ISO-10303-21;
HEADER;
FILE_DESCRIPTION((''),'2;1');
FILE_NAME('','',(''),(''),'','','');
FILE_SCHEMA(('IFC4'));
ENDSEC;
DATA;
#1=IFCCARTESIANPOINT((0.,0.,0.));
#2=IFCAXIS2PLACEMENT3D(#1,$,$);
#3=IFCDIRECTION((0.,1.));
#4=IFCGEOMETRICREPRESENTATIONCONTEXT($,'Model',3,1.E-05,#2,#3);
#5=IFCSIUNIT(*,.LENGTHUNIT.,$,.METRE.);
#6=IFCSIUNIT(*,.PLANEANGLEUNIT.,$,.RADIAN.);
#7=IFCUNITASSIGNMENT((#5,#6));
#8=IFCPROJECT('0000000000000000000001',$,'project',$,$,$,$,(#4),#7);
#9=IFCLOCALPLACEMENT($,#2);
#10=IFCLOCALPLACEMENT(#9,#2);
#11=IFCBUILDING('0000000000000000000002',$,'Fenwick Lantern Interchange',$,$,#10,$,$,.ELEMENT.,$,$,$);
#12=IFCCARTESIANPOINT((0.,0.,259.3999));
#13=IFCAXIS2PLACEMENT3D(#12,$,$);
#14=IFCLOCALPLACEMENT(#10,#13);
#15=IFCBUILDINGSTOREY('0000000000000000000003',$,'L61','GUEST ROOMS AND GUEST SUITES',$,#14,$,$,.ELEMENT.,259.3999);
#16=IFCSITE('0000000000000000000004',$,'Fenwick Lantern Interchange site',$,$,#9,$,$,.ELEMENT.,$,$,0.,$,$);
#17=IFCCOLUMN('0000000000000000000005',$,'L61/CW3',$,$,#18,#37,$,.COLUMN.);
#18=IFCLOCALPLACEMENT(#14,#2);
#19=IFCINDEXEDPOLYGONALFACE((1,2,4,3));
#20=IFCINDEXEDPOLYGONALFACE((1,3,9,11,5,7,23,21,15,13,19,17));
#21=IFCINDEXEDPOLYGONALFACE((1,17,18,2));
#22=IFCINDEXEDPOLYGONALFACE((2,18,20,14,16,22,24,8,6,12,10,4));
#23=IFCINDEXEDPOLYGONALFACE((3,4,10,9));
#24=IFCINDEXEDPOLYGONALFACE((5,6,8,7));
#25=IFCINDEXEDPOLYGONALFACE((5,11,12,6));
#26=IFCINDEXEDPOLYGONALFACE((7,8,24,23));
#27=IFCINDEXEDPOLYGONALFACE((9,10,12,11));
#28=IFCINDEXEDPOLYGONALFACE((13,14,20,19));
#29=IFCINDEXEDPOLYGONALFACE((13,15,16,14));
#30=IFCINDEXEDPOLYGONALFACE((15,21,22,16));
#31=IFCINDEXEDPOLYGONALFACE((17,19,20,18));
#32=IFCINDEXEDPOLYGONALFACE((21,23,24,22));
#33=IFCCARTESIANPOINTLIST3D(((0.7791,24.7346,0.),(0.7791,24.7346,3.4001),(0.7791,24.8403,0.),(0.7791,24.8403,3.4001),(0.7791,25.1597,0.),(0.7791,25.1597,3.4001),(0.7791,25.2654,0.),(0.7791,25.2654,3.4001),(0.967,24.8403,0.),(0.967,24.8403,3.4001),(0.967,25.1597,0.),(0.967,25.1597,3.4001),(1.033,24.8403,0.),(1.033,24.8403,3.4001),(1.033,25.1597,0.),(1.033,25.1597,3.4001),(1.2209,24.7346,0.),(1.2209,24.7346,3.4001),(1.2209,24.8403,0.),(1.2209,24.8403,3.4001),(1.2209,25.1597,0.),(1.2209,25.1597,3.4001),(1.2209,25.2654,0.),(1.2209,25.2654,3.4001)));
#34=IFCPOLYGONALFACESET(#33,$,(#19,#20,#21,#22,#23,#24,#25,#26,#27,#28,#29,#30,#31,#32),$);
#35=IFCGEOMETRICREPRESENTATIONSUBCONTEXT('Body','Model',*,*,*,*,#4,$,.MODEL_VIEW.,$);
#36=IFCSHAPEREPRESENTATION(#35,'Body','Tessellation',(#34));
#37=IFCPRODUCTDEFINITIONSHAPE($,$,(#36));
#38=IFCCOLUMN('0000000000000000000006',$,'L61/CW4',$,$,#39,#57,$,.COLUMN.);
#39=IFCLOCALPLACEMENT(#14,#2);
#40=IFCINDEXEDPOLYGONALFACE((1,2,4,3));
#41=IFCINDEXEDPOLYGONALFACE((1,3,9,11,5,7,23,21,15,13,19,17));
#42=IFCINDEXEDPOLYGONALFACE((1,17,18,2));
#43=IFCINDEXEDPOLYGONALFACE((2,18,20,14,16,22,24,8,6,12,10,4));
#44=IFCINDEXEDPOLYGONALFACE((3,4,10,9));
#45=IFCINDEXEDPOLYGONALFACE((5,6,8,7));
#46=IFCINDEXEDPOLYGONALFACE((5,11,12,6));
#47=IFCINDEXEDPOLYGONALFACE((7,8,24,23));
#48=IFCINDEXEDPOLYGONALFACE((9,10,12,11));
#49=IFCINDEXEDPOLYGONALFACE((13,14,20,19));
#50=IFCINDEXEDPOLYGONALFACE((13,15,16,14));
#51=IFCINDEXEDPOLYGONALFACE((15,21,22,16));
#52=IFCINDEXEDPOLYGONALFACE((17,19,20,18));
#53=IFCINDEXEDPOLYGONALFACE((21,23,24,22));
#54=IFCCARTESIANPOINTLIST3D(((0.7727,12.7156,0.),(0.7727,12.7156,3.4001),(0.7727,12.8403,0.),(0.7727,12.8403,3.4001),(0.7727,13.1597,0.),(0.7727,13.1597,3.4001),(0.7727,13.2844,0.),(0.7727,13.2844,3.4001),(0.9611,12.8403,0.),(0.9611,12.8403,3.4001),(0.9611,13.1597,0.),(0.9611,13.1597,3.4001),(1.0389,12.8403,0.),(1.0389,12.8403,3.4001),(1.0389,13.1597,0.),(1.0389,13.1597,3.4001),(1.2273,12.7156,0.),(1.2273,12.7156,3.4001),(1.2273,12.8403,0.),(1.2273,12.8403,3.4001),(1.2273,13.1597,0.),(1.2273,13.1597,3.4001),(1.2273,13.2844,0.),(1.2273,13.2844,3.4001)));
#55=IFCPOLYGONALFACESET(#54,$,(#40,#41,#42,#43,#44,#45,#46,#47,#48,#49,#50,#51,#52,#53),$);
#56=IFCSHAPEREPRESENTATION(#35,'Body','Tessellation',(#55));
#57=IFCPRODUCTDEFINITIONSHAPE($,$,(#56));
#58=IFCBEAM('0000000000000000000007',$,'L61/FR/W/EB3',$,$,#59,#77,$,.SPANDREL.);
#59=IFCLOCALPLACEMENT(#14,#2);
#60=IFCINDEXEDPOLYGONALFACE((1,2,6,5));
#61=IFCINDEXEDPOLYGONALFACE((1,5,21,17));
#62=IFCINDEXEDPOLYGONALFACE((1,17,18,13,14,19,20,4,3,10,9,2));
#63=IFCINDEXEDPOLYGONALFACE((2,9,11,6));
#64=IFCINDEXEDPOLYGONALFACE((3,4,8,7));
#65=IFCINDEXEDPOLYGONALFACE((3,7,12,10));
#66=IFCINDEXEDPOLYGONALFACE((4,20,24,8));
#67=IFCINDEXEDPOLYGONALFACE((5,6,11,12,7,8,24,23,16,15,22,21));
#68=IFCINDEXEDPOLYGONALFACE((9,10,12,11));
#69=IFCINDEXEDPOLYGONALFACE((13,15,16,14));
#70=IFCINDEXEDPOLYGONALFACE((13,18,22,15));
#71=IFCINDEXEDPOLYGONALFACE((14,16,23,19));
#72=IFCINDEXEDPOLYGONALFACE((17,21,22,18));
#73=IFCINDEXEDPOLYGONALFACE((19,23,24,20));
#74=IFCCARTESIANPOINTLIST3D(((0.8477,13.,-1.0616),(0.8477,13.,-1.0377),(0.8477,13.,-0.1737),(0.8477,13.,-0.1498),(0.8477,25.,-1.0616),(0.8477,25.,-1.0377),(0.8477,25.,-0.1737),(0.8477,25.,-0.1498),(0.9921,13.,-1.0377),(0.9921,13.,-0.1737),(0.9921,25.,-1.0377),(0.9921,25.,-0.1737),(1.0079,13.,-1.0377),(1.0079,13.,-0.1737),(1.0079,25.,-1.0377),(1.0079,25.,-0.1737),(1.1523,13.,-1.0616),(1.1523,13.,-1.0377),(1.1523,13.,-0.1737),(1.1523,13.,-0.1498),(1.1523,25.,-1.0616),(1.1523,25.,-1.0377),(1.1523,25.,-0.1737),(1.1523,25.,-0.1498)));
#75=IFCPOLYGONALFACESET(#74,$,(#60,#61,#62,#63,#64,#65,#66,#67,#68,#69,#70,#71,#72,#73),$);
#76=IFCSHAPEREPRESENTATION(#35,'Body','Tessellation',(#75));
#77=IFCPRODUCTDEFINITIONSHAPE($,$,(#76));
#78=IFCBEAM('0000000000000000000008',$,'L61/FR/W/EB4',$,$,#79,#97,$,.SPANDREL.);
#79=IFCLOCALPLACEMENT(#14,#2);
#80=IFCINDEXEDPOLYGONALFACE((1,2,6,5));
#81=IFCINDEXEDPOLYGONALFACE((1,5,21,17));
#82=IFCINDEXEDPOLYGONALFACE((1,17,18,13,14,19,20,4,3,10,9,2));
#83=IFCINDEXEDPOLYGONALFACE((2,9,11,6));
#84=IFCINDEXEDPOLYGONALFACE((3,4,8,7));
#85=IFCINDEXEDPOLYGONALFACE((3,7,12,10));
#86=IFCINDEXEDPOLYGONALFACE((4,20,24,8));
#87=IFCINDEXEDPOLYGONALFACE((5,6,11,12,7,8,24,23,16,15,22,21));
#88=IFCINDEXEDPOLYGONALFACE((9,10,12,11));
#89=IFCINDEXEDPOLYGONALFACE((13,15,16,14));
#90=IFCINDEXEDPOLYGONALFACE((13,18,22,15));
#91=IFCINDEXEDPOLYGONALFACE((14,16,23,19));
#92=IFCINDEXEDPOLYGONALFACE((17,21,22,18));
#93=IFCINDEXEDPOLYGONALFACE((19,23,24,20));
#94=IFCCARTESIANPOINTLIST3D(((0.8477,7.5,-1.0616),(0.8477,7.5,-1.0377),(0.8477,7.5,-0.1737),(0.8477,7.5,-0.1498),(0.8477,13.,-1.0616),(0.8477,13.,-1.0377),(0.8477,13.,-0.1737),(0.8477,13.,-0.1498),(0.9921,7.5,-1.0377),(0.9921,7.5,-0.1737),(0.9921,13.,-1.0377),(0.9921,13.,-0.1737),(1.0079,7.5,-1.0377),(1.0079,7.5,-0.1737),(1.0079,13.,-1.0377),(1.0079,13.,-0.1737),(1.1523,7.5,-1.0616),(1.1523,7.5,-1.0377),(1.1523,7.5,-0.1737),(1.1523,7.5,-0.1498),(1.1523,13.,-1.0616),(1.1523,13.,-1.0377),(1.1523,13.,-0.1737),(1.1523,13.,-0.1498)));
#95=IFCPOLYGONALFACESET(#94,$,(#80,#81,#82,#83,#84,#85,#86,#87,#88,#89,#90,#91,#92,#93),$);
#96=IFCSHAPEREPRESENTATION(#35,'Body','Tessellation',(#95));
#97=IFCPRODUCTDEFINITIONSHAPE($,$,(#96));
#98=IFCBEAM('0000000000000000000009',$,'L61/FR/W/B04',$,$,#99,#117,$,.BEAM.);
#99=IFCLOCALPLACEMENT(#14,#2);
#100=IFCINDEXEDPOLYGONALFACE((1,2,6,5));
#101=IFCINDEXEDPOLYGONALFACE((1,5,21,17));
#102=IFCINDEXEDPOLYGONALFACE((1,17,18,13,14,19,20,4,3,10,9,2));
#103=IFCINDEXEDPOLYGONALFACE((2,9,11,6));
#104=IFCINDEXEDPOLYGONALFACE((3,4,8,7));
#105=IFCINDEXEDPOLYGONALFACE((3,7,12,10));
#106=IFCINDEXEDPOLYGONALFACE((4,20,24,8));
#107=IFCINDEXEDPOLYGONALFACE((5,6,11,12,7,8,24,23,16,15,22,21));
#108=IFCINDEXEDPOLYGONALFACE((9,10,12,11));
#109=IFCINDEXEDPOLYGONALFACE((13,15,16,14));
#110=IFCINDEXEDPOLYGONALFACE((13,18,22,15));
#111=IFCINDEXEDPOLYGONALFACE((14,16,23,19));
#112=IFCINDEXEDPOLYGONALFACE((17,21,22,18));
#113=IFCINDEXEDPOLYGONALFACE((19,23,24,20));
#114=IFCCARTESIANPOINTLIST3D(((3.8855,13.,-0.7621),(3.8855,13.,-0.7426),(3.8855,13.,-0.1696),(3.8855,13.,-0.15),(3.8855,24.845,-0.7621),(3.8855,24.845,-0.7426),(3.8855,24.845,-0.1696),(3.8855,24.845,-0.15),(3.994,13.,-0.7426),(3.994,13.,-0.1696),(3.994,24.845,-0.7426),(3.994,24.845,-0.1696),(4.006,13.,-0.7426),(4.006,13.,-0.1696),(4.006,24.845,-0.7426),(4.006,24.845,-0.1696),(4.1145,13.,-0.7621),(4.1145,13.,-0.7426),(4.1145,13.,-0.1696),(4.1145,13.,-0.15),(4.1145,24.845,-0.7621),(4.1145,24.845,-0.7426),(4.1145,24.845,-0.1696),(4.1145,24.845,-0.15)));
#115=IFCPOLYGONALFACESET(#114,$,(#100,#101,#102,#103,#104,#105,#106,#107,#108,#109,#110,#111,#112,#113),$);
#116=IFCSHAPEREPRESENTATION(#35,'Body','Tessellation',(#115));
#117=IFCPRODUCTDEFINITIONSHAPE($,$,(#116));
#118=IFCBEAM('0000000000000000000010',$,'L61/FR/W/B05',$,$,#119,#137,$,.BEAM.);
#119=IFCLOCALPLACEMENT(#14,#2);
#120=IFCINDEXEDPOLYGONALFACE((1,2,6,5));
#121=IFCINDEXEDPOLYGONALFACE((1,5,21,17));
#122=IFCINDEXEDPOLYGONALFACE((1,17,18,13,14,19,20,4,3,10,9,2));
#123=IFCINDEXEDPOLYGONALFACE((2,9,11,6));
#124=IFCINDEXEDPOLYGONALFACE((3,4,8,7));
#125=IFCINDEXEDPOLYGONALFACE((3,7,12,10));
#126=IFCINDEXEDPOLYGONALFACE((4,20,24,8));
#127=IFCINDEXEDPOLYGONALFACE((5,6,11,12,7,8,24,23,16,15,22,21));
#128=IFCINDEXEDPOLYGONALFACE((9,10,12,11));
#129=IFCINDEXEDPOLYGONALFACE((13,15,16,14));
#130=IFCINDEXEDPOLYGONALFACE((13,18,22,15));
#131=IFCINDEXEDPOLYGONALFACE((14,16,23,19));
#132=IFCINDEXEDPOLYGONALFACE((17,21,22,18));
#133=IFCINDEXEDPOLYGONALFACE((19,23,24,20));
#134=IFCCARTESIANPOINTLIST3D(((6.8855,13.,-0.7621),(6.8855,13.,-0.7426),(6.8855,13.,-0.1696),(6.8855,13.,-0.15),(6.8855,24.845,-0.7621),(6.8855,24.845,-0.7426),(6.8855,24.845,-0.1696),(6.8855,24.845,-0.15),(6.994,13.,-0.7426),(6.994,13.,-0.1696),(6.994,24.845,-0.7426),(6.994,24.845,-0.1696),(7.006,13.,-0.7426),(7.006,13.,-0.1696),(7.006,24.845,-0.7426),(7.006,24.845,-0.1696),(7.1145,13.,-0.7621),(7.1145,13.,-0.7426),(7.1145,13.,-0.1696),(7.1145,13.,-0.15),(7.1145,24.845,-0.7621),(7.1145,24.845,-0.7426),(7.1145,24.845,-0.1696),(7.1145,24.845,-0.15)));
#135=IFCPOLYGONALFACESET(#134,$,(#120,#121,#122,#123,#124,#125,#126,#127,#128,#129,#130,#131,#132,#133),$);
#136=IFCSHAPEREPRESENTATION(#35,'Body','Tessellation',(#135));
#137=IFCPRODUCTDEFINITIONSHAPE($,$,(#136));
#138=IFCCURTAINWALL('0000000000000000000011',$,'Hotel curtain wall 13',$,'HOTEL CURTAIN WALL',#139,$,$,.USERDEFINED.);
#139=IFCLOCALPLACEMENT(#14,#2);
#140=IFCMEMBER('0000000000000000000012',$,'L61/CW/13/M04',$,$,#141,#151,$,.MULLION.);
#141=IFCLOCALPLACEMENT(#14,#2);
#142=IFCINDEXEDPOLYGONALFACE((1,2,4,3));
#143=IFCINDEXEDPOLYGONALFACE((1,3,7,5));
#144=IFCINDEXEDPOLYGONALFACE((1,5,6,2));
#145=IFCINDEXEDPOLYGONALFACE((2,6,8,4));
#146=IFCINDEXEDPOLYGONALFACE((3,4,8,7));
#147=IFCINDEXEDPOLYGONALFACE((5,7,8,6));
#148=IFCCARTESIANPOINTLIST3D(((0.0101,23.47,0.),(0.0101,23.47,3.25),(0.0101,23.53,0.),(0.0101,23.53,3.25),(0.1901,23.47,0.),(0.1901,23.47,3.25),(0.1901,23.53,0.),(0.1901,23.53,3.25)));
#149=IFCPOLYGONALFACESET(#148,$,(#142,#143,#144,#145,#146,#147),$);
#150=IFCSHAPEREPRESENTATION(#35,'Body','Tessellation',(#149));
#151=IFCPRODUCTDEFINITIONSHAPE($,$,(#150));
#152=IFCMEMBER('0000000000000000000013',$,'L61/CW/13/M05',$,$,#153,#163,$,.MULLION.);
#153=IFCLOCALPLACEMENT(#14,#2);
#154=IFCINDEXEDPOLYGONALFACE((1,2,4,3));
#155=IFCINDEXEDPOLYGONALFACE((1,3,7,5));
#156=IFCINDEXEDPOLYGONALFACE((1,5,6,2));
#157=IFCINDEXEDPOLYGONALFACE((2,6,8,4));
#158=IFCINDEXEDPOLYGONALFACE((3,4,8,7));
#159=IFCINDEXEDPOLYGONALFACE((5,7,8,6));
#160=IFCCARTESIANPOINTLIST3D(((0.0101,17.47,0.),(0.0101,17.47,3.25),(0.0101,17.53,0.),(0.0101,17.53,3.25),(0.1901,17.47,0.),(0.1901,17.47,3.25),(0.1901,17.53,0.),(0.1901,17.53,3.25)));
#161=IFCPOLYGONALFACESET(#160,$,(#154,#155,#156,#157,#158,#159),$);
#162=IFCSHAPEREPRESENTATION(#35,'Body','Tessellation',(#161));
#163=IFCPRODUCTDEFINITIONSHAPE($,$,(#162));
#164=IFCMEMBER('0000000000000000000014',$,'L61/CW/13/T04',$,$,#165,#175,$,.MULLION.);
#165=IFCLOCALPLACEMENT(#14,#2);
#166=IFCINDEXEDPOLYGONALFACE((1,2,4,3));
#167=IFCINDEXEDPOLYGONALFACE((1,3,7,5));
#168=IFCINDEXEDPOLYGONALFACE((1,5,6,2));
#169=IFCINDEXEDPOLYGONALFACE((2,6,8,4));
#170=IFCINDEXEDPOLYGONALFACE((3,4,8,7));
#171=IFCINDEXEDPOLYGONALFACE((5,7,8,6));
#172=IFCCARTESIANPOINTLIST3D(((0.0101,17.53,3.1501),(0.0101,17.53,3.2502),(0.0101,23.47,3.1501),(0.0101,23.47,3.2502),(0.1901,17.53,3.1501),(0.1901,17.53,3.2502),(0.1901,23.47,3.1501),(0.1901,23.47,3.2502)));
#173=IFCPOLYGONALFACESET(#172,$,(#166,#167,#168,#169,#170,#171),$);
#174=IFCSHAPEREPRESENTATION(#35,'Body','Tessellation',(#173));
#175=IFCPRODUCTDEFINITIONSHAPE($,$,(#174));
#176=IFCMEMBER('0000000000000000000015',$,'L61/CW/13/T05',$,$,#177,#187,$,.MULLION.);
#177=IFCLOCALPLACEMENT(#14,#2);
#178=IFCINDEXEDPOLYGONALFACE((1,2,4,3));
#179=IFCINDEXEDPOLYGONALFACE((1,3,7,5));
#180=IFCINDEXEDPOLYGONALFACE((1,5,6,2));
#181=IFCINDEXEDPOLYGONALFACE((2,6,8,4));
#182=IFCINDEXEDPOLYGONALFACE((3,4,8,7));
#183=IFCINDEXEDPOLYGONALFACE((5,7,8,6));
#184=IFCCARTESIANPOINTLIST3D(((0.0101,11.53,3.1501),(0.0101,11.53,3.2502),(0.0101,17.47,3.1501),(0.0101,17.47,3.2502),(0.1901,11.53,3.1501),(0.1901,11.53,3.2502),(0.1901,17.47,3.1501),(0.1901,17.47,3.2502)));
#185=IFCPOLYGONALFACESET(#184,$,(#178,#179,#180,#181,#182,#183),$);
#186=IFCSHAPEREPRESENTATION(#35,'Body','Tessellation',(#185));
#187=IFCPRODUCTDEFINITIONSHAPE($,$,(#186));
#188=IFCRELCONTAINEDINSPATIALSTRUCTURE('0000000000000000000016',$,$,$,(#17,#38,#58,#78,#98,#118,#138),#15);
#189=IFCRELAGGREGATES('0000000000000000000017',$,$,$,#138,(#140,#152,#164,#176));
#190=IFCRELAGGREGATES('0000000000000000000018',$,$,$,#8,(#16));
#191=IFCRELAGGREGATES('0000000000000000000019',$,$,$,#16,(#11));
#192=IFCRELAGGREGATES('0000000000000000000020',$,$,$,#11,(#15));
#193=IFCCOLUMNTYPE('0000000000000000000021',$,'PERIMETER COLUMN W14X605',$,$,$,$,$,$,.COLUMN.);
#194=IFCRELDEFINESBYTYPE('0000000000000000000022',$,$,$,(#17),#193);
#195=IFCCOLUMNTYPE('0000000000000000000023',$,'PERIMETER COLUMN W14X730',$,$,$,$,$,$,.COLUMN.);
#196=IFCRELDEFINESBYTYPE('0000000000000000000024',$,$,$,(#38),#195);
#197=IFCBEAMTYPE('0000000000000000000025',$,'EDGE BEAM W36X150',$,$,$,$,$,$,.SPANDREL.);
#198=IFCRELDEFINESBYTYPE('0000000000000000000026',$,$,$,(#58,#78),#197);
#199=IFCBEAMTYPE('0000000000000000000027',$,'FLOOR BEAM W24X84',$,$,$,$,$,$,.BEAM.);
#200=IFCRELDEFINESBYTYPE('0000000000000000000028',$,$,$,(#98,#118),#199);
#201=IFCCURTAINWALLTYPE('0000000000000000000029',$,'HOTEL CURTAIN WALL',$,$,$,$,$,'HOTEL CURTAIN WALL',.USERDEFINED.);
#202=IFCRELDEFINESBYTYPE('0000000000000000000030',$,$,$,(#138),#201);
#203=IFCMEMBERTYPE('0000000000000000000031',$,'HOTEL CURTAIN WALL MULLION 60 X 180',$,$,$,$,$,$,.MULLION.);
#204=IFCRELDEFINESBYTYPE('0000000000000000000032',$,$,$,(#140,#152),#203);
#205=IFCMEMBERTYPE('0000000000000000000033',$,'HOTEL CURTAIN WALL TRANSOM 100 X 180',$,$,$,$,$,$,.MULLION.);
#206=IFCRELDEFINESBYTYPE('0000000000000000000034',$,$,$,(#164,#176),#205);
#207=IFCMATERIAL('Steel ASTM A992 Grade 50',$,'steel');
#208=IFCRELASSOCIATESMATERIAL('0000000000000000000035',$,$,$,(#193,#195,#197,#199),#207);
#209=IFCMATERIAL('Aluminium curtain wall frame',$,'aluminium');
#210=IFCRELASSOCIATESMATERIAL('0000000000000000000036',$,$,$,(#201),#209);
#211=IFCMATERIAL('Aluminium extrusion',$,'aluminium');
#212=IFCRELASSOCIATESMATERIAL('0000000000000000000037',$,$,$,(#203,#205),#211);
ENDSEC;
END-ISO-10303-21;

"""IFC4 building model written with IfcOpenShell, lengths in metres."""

from ifc_helpers import new_model, si_unit, direction, frame, origin, origin_2d, place, context, subcontext, project, spatial, rectangle, i_section, extrude, material, material_profile, profile_set, type_object, element, aggregate, save


model = new_model("IFC4")

# Units and contexts
model_context = context("Model", 3, precision=1e-05, world=origin(), true_north=direction((0.0, 1.0)))
body_context = subcontext(model_context, "Body", "Model", "MODEL_VIEW")
ifc_project = project(units=[si_unit("LENGTHUNIT", "METRE"), si_unit("PLANEANGLEUNIT", "RADIAN")], contexts=[model_context])

# Site, building, storey
site_placement = place(None, origin())
site = spatial("IfcSite", under=ifc_project, at=site_placement, Name="Fenwick Lantern Interchange site", CompositionType="ELEMENT", RefElevation=0.0)
building_placement = place(site_placement, origin())
building = spatial("IfcBuilding", under=site, at=building_placement, Name="Fenwick Lantern Interchange", CompositionType="ELEMENT")
storey_placement = place(building_placement, frame((0.0, 0.0, 259.3999)))
storey = spatial("IfcBuildingStorey", under=building, at=storey_placement, Name="L61", Description="GUEST ROOMS AND GUEST SUITES", CompositionType="ELEMENT", Elevation=259.3999)

# Columns
ifc_material_1 = material(Name="Steel ASTM A992 Grade 50", Category="steel")
ifc_material_profile_1 = material_profile(ifc_material_1, i_section(OverallWidth=0.4419, OverallDepth=0.5308, WebThickness=0.0659, FlangeThickness=0.1057, at=origin_2d()), Name="W14X605")
ifc_profile_set_1 = profile_set([ifc_material_profile_1], Name="Steel ASTM A992 Grade 50")
column_type_1 = type_object("IfcColumnType", Name="PERIMETER COLUMN W14X605", PredefinedType="COLUMN", material=ifc_profile_set_1)
column_1_placement = place(storey_placement, frame((1.0, 25.0, 0.0), z_axis=(0.0, 0.0, 1.0), x_axis=(1.0, 0.0, 0.0)))
element("IfcColumn", 1, at=column_1_placement, inside=storey, type_object=column_type_1, Name="L61/CW3", PredefinedType="COLUMN", context=body_context, shape_type="SweptSolid", body=[
    extrude(i_section(OverallWidth=0.4419, OverallDepth=0.5308, WebThickness=0.0659, FlangeThickness=0.1057, at=origin_2d()), origin(), (0.0, 0.0, 1.0), 3.4001),
])
ifc_material_profile_2 = material_profile(ifc_material_1, i_section(OverallWidth=0.4546, OverallDepth=0.5688, WebThickness=0.0779, FlangeThickness=0.1248, at=origin_2d()), Name="W14X730")
ifc_profile_set_2 = profile_set([ifc_material_profile_2], Name="Steel ASTM A992 Grade 50")
column_type_2 = type_object("IfcColumnType", Name="PERIMETER COLUMN W14X730", PredefinedType="COLUMN", material=ifc_profile_set_2)
column_2_placement = place(storey_placement, frame((1.0, 13.0, 0.0), z_axis=(0.0, 0.0, 1.0), x_axis=(1.0, 0.0, 0.0)))
element("IfcColumn", 2, at=column_2_placement, inside=storey, type_object=column_type_2, Name="L61/CW4", PredefinedType="COLUMN", context=body_context, shape_type="SweptSolid", body=[
    extrude(i_section(OverallWidth=0.4546, OverallDepth=0.5688, WebThickness=0.0779, FlangeThickness=0.1248, at=origin_2d()), origin(), (0.0, 0.0, 1.0), 3.4001),
])

# Beams
ifc_material_profile_3 = material_profile(ifc_material_1, i_section(OverallWidth=0.3047, OverallDepth=0.9119, WebThickness=0.0159, FlangeThickness=0.0239, at=origin_2d()), Name="W36X150")
ifc_profile_set_3 = profile_set([ifc_material_profile_3], Name="Steel ASTM A992 Grade 50")
beam_type_1 = type_object("IfcBeamType", Name="EDGE BEAM W36X150", PredefinedType="SPANDREL", material=ifc_profile_set_3)
beam_1_placement = place(storey_placement, frame((1.0, 25.0, -0.6057), z_axis=(0.0, -1.0, 0.0), x_axis=(1.0, 0.0, 0.0)))
element("IfcBeam", 3, at=beam_1_placement, inside=storey, type_object=beam_type_1, Name="L61/FR/W/EB3", PredefinedType="SPANDREL", context=body_context, shape_type="SweptSolid", body=[
    extrude(i_section(OverallWidth=0.3047, OverallDepth=0.9119, WebThickness=0.0159, FlangeThickness=0.0239, at=origin_2d()), origin(), (0.0, 0.0, 1.0), 12.0),
])
beam_2_placement = place(storey_placement, frame((1.0, 13.0, -0.6057), z_axis=(0.0, -1.0, 0.0), x_axis=(1.0, 0.0, 0.0)))
element("IfcBeam", 4, at=beam_2_placement, inside=storey, type_object=beam_type_1, Name="L61/FR/W/EB4", PredefinedType="SPANDREL", context=body_context, shape_type="SweptSolid", body=[
    extrude(i_section(OverallWidth=0.3047, OverallDepth=0.9119, WebThickness=0.0159, FlangeThickness=0.0239, at=origin_2d()), origin(), (0.0, 0.0, 1.0), 5.5),
])
ifc_material_profile_4 = material_profile(ifc_material_1, i_section(OverallWidth=0.229, OverallDepth=0.6121, WebThickness=0.012, FlangeThickness=0.0195, at=origin_2d()), Name="W24X84")
ifc_profile_set_4 = profile_set([ifc_material_profile_4], Name="Steel ASTM A992 Grade 50")
beam_type_2 = type_object("IfcBeamType", Name="FLOOR BEAM W24X84", PredefinedType="BEAM", material=ifc_profile_set_4)
for number, where, z_axis, x_axis, name in (
    (5, (4.0, 24.845, -0.4561), (0.0, -1.0, 0.0), (1.0, 0.0, 0.0), "L61/FR/W/B04"),
    (6, (7.0, 24.845, -0.4561), (0.0, -1.0, 0.0), (1.0, 0.0, 0.0), "L61/FR/W/B05"),
):
    element("IfcBeam", number, at=place(storey_placement, frame(where, z_axis=z_axis, x_axis=x_axis)), inside=storey, type_object=beam_type_2, Name=name, PredefinedType="BEAM", context=body_context, shape_type="SweptSolid", body=[
        extrude(i_section(OverallWidth=0.229, OverallDepth=0.6121, WebThickness=0.012, FlangeThickness=0.0195, at=origin_2d()), origin(), (0.0, 0.0, 1.0), 11.845),
    ])

# Curtain wall, members
ifc_material_2 = material(Name="Aluminium curtain wall frame", Category="aluminium")
curtain_wall_type = type_object("IfcCurtainWallType", Name="HOTEL CURTAIN WALL", ElementType="HOTEL CURTAIN WALL", PredefinedType="USERDEFINED", material=ifc_material_2)
curtain_wall_placement = place(storey_placement, origin())
curtain_wall = element("IfcCurtainWall", 7, at=curtain_wall_placement, inside=storey, type_object=curtain_wall_type, Name="Hotel curtain wall 13", ObjectType="HOTEL CURTAIN WALL", PredefinedType="USERDEFINED")
ifc_material_3 = material(Name="Aluminium extrusion", Category="aluminium")
ifc_material_profile_5 = material_profile(ifc_material_3, rectangle(XDim=0.1799, YDim=0.0601, at=origin_2d()), Name="HOTEL CURTAIN WALL MULLION 60 X 180")
ifc_profile_set_5 = profile_set([ifc_material_profile_5], Name="Aluminium extrusion")
member_type_1 = type_object("IfcMemberType", Name="HOTEL CURTAIN WALL MULLION 60 X 180", PredefinedType="MULLION", material=ifc_profile_set_5)
member_1_placement = place(storey_placement, frame((0.1001, 23.5, 0.0), z_axis=(0.0, 0.0, 1.0), x_axis=(1.0, 0.0, 0.0)))
member_1 = element("IfcMember", 8, at=member_1_placement, type_object=member_type_1, Name="L61/CW/13/M04", PredefinedType="MULLION", context=body_context, shape_type="SweptSolid", body=[
    extrude(rectangle(XDim=0.1799, YDim=0.0601, at=origin_2d()), origin(), (0.0, 0.0, 1.0), 3.25),
])
member_2_placement = place(storey_placement, frame((0.1001, 17.5, 0.0), z_axis=(0.0, 0.0, 1.0), x_axis=(1.0, 0.0, 0.0)))
member_2 = element("IfcMember", 9, at=member_2_placement, type_object=member_type_1, Name="L61/CW/13/M05", PredefinedType="MULLION", context=body_context, shape_type="SweptSolid", body=[
    extrude(rectangle(XDim=0.1799, YDim=0.0601, at=origin_2d()), origin(), (0.0, 0.0, 1.0), 3.25),
])
ifc_material_profile_6 = material_profile(ifc_material_3, rectangle(XDim=0.1799, YDim=0.1001, at=origin_2d()), Name="HOTEL CURTAIN WALL TRANSOM 100 X 180")
ifc_profile_set_6 = profile_set([ifc_material_profile_6], Name="Aluminium extrusion")
member_type_2 = type_object("IfcMemberType", Name="HOTEL CURTAIN WALL TRANSOM 100 X 180", PredefinedType="MULLION", material=ifc_profile_set_6)
member_3_placement = place(storey_placement, frame((0.1001, 23.47, 3.2002), z_axis=(0.0, -1.0, 0.0), x_axis=(1.0, 0.0, 0.0)))
member_3 = element("IfcMember", 10, at=member_3_placement, type_object=member_type_2, Name="L61/CW/13/T04", PredefinedType="MULLION", context=body_context, shape_type="SweptSolid", body=[
    extrude(rectangle(XDim=0.1799, YDim=0.1001, at=origin_2d()), origin(), (0.0, 0.0, 1.0), 5.9399),
])
member_4_placement = place(storey_placement, frame((0.1001, 17.47, 3.2002), z_axis=(0.0, -1.0, 0.0), x_axis=(1.0, 0.0, 0.0)))
member_4 = element("IfcMember", 11, at=member_4_placement, type_object=member_type_2, Name="L61/CW/13/T05", PredefinedType="MULLION", context=body_context, shape_type="SweptSolid", body=[
    extrude(rectangle(XDim=0.1799, YDim=0.1001, at=origin_2d()), origin(), (0.0, 0.0, 1.0), 5.9399),
])
aggregate(curtain_wall, [member_1, member_2, member_3, member_4])

save(model, "model.ifc")
